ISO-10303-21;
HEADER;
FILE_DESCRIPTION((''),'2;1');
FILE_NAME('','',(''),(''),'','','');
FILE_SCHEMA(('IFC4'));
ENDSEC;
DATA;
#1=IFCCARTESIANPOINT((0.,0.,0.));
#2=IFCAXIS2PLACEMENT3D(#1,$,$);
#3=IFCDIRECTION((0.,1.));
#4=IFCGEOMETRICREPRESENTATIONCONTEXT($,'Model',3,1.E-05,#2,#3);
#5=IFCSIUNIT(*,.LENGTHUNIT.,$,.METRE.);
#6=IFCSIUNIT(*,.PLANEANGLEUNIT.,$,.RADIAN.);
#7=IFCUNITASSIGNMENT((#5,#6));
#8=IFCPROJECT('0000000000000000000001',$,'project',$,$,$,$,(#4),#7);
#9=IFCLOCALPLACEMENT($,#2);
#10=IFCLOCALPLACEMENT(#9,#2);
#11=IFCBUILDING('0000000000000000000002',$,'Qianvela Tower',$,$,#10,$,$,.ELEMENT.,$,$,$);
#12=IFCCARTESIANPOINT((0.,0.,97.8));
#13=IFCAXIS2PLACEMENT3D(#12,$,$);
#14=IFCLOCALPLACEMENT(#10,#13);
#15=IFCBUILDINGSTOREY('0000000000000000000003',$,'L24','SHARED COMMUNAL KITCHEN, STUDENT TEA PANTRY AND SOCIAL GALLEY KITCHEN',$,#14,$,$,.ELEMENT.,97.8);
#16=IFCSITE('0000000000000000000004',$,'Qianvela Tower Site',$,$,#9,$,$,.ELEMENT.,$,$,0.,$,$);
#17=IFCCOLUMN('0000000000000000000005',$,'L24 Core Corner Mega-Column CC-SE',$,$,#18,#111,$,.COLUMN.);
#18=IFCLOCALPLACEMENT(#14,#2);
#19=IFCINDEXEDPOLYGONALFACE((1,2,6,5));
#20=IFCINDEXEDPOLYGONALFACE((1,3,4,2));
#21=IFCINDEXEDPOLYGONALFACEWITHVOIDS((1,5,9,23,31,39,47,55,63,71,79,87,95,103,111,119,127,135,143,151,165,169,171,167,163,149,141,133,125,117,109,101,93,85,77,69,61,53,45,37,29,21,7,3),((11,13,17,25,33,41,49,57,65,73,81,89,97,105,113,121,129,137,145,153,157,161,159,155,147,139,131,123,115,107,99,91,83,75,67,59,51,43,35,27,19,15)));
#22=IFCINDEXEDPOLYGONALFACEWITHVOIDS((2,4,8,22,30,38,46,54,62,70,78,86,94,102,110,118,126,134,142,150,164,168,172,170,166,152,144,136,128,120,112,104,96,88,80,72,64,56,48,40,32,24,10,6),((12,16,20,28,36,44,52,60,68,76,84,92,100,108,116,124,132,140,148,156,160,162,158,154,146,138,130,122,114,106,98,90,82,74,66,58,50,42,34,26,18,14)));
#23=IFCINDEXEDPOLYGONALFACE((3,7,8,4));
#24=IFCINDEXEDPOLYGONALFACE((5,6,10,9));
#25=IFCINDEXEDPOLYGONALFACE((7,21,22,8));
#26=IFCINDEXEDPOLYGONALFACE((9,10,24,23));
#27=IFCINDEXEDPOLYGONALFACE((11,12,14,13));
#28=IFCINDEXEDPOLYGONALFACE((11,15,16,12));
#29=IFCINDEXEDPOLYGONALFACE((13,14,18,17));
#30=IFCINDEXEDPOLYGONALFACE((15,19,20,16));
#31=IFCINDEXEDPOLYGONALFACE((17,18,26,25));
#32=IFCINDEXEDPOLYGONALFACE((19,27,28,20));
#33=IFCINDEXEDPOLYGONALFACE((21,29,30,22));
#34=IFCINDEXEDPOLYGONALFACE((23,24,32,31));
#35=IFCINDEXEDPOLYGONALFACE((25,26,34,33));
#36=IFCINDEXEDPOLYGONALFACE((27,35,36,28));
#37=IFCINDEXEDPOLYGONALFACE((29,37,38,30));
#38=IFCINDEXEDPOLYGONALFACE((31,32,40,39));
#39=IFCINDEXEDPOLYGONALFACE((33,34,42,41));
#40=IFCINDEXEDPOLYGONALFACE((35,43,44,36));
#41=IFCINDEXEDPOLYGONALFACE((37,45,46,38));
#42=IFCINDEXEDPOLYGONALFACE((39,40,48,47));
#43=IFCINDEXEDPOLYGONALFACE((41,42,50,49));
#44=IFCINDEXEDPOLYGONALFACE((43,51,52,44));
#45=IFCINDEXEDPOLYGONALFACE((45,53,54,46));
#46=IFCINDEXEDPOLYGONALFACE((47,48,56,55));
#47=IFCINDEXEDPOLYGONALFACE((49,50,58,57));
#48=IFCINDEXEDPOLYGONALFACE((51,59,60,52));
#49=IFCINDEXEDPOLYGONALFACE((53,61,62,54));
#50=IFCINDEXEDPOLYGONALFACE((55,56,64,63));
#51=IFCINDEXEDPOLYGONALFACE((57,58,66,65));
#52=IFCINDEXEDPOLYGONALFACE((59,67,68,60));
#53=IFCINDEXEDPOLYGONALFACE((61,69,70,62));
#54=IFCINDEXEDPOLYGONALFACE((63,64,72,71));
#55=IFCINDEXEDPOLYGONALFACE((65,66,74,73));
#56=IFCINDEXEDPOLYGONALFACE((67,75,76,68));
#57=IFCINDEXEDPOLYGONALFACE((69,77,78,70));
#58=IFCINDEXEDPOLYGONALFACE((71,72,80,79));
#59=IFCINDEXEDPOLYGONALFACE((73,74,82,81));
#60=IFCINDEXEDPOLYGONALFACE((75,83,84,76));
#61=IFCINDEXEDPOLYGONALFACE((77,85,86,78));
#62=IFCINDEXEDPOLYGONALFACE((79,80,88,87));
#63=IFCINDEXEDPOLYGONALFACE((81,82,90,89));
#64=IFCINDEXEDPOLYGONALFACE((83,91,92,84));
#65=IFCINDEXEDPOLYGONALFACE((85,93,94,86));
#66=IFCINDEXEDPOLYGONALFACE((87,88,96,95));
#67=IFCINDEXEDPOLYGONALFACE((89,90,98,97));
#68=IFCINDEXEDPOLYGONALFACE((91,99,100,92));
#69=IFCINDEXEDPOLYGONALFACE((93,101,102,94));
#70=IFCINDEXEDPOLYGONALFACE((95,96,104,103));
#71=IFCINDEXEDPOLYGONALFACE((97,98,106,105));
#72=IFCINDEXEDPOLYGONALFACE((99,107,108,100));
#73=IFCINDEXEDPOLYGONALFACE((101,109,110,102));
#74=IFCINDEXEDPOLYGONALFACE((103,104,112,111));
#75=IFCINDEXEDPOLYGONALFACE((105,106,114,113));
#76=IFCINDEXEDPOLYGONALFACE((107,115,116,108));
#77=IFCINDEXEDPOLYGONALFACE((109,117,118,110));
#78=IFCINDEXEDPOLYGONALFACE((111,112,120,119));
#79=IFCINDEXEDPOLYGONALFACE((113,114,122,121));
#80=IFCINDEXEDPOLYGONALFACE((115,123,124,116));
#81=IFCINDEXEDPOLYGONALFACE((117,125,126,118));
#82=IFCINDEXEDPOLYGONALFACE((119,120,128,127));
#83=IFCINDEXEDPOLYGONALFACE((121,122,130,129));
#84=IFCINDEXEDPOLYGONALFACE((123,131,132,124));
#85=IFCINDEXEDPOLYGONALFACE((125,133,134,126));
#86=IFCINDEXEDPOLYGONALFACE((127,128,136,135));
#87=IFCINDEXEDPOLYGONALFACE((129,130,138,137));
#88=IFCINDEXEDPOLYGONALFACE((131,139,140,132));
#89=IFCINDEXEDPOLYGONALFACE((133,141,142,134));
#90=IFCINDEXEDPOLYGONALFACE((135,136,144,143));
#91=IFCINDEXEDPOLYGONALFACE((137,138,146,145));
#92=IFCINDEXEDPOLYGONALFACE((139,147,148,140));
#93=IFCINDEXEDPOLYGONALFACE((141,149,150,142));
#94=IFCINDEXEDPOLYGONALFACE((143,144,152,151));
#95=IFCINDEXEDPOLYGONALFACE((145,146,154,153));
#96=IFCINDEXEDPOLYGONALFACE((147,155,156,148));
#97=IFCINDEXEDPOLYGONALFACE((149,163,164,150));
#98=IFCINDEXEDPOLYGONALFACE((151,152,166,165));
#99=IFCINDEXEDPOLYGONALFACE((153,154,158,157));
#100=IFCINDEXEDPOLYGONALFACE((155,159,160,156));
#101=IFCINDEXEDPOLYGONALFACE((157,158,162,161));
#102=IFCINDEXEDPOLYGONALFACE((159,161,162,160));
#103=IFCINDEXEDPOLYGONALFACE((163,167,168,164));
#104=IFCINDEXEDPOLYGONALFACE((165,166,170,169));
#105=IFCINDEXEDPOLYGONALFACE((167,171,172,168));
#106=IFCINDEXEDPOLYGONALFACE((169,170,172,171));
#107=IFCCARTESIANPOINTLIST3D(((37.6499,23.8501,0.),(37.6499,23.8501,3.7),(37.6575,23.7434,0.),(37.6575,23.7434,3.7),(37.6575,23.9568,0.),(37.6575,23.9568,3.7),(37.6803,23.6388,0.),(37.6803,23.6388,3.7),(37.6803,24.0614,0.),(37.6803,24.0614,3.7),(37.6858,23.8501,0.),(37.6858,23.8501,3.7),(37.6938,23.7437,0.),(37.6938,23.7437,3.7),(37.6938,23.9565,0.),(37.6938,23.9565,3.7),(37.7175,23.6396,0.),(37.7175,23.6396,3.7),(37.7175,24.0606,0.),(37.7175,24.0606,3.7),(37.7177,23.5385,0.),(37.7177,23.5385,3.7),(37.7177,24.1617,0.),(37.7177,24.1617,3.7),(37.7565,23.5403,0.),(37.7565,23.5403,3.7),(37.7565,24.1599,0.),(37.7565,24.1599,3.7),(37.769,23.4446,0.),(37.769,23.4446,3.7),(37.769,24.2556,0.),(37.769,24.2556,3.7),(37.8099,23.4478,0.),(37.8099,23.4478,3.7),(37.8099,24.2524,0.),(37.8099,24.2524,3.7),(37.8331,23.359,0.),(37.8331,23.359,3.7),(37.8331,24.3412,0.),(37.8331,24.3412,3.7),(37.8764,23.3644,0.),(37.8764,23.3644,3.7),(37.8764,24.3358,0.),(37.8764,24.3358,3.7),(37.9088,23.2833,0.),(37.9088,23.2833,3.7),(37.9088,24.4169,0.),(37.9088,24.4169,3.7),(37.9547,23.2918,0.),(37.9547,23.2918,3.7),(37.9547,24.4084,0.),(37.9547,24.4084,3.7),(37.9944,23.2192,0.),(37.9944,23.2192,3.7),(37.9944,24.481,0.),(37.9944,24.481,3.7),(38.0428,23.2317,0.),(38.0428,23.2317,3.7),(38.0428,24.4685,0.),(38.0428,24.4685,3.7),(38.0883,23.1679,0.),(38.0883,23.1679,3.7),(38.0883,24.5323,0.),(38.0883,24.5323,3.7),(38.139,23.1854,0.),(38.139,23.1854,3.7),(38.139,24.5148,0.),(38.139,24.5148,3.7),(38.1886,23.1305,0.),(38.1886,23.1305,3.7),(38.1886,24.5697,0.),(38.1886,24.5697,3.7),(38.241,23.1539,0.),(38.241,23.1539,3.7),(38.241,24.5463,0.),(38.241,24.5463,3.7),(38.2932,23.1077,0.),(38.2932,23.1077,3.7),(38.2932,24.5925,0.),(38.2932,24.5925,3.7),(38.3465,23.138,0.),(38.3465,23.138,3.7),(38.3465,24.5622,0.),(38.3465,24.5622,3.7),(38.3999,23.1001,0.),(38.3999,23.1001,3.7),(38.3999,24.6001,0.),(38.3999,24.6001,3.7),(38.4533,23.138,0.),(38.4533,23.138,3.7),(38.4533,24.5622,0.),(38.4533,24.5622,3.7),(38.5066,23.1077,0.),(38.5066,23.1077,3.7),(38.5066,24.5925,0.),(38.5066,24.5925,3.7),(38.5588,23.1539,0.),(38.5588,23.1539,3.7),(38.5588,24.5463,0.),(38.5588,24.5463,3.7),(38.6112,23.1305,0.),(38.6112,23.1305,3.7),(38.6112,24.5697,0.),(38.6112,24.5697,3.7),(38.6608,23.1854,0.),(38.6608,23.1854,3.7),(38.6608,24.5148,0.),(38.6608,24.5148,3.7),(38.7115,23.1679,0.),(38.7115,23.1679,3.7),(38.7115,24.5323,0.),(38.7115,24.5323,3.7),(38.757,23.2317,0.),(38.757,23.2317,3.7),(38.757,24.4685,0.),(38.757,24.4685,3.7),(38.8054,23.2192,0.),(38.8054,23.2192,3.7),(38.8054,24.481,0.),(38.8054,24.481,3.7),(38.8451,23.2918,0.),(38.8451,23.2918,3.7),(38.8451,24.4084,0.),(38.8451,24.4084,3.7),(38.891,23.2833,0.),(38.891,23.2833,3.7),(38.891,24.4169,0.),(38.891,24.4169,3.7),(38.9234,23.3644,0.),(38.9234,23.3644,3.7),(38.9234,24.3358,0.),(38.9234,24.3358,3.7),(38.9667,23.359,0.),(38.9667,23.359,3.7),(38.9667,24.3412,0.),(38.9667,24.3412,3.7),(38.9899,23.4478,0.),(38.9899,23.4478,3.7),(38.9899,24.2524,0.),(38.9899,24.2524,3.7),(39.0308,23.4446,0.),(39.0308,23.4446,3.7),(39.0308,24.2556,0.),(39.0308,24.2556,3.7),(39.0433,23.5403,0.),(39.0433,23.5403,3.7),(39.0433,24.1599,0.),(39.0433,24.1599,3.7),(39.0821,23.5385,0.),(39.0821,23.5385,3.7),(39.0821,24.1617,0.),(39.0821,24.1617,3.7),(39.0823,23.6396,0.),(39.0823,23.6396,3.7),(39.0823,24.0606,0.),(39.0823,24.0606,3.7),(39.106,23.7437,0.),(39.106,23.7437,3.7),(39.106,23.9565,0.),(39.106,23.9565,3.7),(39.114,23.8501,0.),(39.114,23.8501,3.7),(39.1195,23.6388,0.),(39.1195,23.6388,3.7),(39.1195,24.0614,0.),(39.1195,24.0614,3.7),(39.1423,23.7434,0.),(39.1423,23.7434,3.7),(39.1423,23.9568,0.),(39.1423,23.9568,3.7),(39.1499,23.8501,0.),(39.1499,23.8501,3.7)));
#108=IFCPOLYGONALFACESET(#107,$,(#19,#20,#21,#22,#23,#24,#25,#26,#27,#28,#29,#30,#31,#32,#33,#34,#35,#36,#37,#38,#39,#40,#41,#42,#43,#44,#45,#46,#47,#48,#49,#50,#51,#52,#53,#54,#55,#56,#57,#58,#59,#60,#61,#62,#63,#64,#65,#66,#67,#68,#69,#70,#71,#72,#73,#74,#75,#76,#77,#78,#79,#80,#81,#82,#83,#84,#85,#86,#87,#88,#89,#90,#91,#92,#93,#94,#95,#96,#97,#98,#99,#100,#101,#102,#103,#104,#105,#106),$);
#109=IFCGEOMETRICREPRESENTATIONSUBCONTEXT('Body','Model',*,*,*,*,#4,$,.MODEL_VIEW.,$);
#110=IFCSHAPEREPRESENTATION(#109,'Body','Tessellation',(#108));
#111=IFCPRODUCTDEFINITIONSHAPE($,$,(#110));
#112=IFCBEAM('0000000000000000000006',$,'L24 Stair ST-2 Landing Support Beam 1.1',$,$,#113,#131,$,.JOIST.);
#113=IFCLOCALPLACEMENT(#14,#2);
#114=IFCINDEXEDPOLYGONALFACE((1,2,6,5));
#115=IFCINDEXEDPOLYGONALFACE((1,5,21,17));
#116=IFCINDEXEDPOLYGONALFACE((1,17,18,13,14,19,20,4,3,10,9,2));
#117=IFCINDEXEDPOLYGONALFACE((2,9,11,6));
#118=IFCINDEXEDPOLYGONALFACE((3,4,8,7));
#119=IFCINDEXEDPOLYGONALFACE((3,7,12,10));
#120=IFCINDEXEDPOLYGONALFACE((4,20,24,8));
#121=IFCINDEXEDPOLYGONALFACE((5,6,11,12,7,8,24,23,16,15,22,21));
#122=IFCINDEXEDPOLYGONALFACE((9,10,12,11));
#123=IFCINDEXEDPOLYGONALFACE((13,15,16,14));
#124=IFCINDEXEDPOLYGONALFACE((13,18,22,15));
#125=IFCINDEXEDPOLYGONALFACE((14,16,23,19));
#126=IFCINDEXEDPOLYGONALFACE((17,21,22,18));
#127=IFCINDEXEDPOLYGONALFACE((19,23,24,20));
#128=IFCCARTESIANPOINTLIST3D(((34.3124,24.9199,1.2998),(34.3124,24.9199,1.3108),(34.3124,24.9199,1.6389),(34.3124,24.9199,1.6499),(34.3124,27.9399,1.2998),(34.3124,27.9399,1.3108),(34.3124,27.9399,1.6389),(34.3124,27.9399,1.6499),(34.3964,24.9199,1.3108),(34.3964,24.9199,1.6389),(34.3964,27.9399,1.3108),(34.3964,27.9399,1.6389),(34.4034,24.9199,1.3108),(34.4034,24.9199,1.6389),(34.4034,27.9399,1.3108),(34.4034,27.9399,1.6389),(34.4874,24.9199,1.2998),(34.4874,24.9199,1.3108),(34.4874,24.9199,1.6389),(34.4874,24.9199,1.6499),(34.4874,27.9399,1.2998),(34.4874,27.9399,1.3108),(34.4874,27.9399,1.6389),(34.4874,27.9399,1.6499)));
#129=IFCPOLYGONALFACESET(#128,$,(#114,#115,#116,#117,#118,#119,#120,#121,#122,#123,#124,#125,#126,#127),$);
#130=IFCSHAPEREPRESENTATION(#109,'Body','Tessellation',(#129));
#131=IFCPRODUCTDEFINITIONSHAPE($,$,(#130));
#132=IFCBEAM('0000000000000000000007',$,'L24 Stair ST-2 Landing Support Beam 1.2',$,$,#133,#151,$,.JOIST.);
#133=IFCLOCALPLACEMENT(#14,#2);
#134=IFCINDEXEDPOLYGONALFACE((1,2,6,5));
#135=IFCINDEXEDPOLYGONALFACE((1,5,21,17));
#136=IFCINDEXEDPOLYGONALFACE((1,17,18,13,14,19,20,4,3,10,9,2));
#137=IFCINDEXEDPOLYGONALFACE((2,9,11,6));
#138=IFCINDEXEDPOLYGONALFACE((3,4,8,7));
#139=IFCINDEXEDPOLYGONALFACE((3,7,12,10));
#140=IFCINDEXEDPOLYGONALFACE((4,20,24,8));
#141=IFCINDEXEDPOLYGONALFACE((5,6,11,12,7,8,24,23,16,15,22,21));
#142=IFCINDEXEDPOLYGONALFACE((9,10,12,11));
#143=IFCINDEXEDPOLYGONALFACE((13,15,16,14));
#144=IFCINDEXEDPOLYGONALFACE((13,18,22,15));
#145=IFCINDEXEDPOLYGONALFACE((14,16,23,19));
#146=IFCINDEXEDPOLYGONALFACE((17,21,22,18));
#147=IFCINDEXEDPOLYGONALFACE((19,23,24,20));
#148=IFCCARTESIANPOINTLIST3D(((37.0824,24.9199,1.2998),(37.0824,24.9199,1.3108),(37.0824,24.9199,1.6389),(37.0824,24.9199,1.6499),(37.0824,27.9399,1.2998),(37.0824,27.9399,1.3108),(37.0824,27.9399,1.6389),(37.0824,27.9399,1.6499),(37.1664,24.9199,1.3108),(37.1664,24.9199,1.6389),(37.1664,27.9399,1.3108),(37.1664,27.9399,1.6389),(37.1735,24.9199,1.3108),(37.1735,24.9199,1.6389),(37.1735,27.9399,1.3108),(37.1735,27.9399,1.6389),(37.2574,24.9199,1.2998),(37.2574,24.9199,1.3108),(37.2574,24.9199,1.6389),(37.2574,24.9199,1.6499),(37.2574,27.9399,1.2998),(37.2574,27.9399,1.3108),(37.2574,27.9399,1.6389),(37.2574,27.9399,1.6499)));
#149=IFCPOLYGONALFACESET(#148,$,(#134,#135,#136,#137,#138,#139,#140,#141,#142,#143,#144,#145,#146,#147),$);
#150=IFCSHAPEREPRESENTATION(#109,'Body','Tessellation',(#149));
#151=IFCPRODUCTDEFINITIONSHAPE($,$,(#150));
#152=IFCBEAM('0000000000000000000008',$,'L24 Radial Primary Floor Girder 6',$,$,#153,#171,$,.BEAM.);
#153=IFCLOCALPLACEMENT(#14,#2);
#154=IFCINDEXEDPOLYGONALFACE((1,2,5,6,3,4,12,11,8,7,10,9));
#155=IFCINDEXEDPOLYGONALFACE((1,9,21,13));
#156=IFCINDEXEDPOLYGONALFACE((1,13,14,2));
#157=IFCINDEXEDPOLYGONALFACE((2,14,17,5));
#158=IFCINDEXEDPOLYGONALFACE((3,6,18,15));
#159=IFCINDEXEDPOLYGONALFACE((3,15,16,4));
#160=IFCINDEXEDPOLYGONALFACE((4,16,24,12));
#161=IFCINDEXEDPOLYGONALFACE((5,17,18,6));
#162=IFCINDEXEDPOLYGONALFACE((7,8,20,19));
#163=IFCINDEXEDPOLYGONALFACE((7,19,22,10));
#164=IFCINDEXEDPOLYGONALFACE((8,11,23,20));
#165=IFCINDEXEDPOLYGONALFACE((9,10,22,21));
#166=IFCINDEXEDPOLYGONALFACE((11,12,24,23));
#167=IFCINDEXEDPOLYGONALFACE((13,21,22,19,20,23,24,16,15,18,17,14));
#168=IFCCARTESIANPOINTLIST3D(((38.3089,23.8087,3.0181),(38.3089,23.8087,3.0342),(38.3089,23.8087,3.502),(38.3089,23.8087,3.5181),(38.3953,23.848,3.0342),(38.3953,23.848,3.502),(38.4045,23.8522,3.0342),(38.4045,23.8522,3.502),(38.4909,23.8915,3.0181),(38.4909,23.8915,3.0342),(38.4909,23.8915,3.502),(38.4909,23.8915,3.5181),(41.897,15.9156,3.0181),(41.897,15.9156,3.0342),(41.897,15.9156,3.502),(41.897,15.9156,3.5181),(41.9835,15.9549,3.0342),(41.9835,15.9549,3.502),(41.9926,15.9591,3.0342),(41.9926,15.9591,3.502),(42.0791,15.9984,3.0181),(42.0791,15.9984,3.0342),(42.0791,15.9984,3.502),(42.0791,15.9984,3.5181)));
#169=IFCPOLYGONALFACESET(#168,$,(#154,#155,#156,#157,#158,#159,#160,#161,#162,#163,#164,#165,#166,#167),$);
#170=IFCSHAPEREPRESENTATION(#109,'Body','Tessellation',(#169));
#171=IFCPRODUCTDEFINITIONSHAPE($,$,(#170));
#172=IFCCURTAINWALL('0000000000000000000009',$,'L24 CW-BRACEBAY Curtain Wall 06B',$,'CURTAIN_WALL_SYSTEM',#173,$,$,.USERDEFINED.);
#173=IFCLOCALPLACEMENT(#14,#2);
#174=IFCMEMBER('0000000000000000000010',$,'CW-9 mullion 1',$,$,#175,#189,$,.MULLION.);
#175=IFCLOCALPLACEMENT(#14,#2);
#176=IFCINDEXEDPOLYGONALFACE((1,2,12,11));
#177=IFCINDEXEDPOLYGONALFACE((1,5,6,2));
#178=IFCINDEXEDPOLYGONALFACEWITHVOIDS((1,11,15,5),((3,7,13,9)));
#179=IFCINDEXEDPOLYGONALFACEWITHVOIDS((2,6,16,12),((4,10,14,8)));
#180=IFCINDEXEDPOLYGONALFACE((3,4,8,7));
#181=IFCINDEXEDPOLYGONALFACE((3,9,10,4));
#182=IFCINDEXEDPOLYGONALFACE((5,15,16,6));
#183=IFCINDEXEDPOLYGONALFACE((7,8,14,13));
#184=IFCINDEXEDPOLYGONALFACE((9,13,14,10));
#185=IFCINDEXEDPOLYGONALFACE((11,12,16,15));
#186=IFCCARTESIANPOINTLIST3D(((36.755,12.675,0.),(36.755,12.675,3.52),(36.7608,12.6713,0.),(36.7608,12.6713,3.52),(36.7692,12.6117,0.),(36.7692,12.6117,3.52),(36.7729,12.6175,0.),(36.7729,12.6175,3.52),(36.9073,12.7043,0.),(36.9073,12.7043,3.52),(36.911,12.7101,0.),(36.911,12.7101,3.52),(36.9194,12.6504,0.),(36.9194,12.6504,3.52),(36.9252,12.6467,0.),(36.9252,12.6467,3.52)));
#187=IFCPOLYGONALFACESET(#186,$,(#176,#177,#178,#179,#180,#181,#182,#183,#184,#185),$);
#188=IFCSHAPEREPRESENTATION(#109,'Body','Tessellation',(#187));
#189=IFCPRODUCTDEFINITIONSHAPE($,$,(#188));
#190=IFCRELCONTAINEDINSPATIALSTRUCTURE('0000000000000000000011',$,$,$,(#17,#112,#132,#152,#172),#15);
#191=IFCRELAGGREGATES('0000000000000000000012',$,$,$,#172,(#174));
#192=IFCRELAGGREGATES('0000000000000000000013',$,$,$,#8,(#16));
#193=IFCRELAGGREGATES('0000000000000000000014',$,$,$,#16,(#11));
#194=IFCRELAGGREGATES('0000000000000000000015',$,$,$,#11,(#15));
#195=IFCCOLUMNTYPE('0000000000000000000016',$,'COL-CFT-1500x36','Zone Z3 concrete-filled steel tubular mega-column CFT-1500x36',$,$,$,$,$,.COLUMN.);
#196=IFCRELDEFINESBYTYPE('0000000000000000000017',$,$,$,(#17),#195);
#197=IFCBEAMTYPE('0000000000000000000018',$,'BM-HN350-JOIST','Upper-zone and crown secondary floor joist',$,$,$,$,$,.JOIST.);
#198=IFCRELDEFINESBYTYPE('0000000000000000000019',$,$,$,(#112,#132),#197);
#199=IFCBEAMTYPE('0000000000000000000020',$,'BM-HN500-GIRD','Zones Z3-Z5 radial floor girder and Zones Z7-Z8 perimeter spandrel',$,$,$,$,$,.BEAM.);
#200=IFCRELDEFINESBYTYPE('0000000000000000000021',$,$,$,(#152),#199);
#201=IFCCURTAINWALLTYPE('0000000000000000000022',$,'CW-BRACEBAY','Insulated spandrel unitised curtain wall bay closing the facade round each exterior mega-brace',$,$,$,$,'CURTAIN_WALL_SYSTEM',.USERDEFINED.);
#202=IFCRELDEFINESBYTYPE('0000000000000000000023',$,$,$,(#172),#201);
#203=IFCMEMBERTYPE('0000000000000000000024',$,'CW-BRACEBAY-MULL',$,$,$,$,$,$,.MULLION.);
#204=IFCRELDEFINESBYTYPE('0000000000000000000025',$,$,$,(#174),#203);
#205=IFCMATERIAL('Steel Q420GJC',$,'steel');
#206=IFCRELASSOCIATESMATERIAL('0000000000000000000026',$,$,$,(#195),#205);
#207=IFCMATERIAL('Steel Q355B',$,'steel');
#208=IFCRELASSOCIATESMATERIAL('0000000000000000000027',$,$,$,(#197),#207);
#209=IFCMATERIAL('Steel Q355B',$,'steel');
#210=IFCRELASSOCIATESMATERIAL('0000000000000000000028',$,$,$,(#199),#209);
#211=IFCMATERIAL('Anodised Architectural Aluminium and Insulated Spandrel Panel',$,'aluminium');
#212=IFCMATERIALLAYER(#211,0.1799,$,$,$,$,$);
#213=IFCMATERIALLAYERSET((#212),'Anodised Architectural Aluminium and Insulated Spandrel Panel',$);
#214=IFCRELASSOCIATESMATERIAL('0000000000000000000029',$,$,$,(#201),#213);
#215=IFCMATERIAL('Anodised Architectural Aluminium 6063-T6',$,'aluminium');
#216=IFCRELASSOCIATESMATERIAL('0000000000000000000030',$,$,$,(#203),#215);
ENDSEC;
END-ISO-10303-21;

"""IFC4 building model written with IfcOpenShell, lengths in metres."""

from ifc_helpers import new_model, si_unit, direction, frame, origin, origin_2d, place, context, subcontext, project, spatial, hollow_rectangle, hollow_circle, i_section, extrude, material, layer, layer_set, material_profile, profile_set, type_object, element, aggregate, save


model = new_model("IFC4")

# Units and contexts
model_context = context("Model", 3, precision=1e-05, world=origin(), true_north=direction((0.0, 1.0)))
body_context = subcontext(model_context, "Body", "Model", "MODEL_VIEW")
ifc_project = project(units=[si_unit("LENGTHUNIT", "METRE"), si_unit("PLANEANGLEUNIT", "RADIAN")], contexts=[model_context])

# Site, building, storey
site_placement = place(None, origin())
site = spatial("IfcSite", under=ifc_project, at=site_placement, Name="Qianvela Tower Site", CompositionType="ELEMENT", RefElevation=0.0)
building_placement = place(site_placement, origin())
building = spatial("IfcBuilding", under=site, at=building_placement, Name="Qianvela Tower", CompositionType="ELEMENT")
storey_placement = place(building_placement, frame((0.0, 0.0, 97.8)))
storey = spatial("IfcBuildingStorey", under=building, at=storey_placement, Name="L24", Description="SHARED COMMUNAL KITCHEN, STUDENT TEA PANTRY AND SOCIAL GALLEY KITCHEN", CompositionType="ELEMENT", Elevation=97.8)

# Column
ifc_material_1 = material(Name="Steel Q420GJC", Category="steel")
ifc_material_profile_1 = material_profile(ifc_material_1, hollow_circle(Radius=0.75, WallThickness=0.0359, at=origin_2d()), Name="CFT-1500x36")
ifc_profile_set_1 = profile_set([ifc_material_profile_1], Name="Steel Q420GJC")
column_type = type_object("IfcColumnType", Name="COL-CFT-1500x36", Description="Zone Z3 concrete-filled steel tubular mega-column CFT-1500x36", PredefinedType="COLUMN", material=ifc_profile_set_1)
column_placement = place(storey_placement, frame((38.3999, 23.8501, 0.0), z_axis=(0.0, 0.0, 1.0), x_axis=(1.0, 0.0, 0.0)))
element("IfcColumn", 1, at=column_placement, inside=storey, type_object=column_type, Name="L24 Core Corner Mega-Column CC-SE", PredefinedType="COLUMN", context=body_context, shape_type="SweptSolid", body=[
    extrude(hollow_circle(Radius=0.75, WallThickness=0.0359, at=origin_2d()), origin(), (0.0, 0.0, 1.0), 3.7),
])

# Beams
ifc_material_2 = material(Name="Steel Q355B", Category="steel")
ifc_material_profile_2 = material_profile(ifc_material_2, i_section(OverallWidth=0.175, OverallDepth=0.3501, WebThickness=0.0071, FlangeThickness=0.011, at=origin_2d()), Name="HN350x175x7x11")
ifc_profile_set_2 = profile_set([ifc_material_profile_2], Name="Steel Q355B")
beam_type_1 = type_object("IfcBeamType", Name="BM-HN350-JOIST", Description="Upper-zone and crown secondary floor joist", PredefinedType="JOIST", material=ifc_profile_set_2)
for number, where, z_axis, x_axis, name in (
    (2, (34.3999, 24.9199, 1.4749), (0.0, 1.0, 0.0), (-1.0, 0.0, 0.0), "L24 Stair ST-2 Landing Support Beam 1.1"),
    (3, (37.1699, 24.9199, 1.4749), (0.0, 1.0, 0.0), (-1.0, 0.0, 0.0), "L24 Stair ST-2 Landing Support Beam 1.2"),
):
    element("IfcBeam", number, at=place(storey_placement, frame(where, z_axis=z_axis, x_axis=x_axis)), inside=storey, type_object=beam_type_1, Name=name, PredefinedType="JOIST", context=body_context, shape_type="SweptSolid", body=[
        extrude(i_section(OverallWidth=0.175, OverallDepth=0.3501, WebThickness=0.0071, FlangeThickness=0.011, at=origin_2d()), origin(), (0.0, 0.0, 1.0), 3.02),
    ])
ifc_material_3 = material(Name="Steel Q355B", Category="steel")
ifc_material_profile_3 = material_profile(ifc_material_3, i_section(OverallWidth=0.2, OverallDepth=0.5, WebThickness=0.01, FlangeThickness=0.0161, at=origin_2d()), Name="HN500x200x10x16")
ifc_profile_set_3 = profile_set([ifc_material_profile_3], Name="Steel Q355B")
beam_type_2 = type_object("IfcBeamType", Name="BM-HN500-GIRD", Description="Zones Z3-Z5 radial floor girder and Zones Z7-Z8 perimeter spandrel", PredefinedType="BEAM", material=ifc_profile_set_3)
beam_placement = place(storey_placement, frame((38.3999, 23.8501, 3.2681), z_axis=(0.413839, -0.91035, 0.0), x_axis=(0.91035, 0.413839, 0.0)))
element("IfcBeam", 4, at=beam_placement, inside=storey, type_object=beam_type_2, Name="L24 Radial Primary Floor Girder 6", PredefinedType="BEAM", context=body_context, shape_type="SweptSolid", body=[
    extrude(i_section(OverallWidth=0.2, OverallDepth=0.5, WebThickness=0.01, FlangeThickness=0.0161, at=origin_2d()), origin(), (0.0, 0.0, 1.0), 8.6704),
])

# Curtain wall, member
ifc_material_4 = material(Name="Anodised Architectural Aluminium and Insulated Spandrel Panel", Category="aluminium")
ifc_layer_1 = layer(ifc_material_4, 0.1799)
ifc_layer_set_1 = layer_set([ifc_layer_1], Name="Anodised Architectural Aluminium and Insulated Spandrel Panel")
curtain_wall_type_1 = type_object("IfcCurtainWallType", Name="CW-BRACEBAY", Description="Insulated spandrel unitised curtain wall bay closing the facade round each exterior mega-brace", ElementType="CURTAIN_WALL_SYSTEM", PredefinedType="USERDEFINED", material=ifc_layer_set_1)
curtain_wall_1_placement = place(storey_placement, origin())
curtain_wall_1 = element("IfcCurtainWall", 5, at=curtain_wall_1_placement, inside=storey, type_object=curtain_wall_type_1, Name="L24 CW-BRACEBAY Curtain Wall 06B", ObjectType="CURTAIN_WALL_SYSTEM", PredefinedType="USERDEFINED")
ifc_material_5 = material(Name="Anodised Architectural Aluminium 6063-T6", Category="aluminium")
ifc_material_profile_4 = material_profile(ifc_material_5, hollow_rectangle(XDim=0.0649, YDim=0.1599, WallThickness=0.0049, at=origin_2d()), Name="ALU-MULL-65x160")
ifc_profile_set_4 = profile_set([ifc_material_profile_4], Name="Anodised Architectural Aluminium 6063-T6")
member_type_1 = type_object("IfcMemberType", Name="CW-BRACEBAY-MULL", PredefinedType="MULLION", material=ifc_profile_set_4)
member_1_placement = place(storey_placement, frame((36.8401, 12.6609, 0.0), z_axis=(0.0, 0.0, 1.0), x_axis=(-0.21938, 0.97564, 0.0)))
member_1 = element("IfcMember", 6, at=member_1_placement, type_object=member_type_1, Name="CW-9 mullion 1", PredefinedType="MULLION", context=body_context, shape_type="SweptSolid", body=[
    extrude(hollow_rectangle(XDim=0.0649, YDim=0.1599, WallThickness=0.0049, at=origin_2d()), origin(), (0.0, 0.0, 1.0), 3.52),
])

aggregate(curtain_wall_1, [member_1])

save(model, "model.ifc")
